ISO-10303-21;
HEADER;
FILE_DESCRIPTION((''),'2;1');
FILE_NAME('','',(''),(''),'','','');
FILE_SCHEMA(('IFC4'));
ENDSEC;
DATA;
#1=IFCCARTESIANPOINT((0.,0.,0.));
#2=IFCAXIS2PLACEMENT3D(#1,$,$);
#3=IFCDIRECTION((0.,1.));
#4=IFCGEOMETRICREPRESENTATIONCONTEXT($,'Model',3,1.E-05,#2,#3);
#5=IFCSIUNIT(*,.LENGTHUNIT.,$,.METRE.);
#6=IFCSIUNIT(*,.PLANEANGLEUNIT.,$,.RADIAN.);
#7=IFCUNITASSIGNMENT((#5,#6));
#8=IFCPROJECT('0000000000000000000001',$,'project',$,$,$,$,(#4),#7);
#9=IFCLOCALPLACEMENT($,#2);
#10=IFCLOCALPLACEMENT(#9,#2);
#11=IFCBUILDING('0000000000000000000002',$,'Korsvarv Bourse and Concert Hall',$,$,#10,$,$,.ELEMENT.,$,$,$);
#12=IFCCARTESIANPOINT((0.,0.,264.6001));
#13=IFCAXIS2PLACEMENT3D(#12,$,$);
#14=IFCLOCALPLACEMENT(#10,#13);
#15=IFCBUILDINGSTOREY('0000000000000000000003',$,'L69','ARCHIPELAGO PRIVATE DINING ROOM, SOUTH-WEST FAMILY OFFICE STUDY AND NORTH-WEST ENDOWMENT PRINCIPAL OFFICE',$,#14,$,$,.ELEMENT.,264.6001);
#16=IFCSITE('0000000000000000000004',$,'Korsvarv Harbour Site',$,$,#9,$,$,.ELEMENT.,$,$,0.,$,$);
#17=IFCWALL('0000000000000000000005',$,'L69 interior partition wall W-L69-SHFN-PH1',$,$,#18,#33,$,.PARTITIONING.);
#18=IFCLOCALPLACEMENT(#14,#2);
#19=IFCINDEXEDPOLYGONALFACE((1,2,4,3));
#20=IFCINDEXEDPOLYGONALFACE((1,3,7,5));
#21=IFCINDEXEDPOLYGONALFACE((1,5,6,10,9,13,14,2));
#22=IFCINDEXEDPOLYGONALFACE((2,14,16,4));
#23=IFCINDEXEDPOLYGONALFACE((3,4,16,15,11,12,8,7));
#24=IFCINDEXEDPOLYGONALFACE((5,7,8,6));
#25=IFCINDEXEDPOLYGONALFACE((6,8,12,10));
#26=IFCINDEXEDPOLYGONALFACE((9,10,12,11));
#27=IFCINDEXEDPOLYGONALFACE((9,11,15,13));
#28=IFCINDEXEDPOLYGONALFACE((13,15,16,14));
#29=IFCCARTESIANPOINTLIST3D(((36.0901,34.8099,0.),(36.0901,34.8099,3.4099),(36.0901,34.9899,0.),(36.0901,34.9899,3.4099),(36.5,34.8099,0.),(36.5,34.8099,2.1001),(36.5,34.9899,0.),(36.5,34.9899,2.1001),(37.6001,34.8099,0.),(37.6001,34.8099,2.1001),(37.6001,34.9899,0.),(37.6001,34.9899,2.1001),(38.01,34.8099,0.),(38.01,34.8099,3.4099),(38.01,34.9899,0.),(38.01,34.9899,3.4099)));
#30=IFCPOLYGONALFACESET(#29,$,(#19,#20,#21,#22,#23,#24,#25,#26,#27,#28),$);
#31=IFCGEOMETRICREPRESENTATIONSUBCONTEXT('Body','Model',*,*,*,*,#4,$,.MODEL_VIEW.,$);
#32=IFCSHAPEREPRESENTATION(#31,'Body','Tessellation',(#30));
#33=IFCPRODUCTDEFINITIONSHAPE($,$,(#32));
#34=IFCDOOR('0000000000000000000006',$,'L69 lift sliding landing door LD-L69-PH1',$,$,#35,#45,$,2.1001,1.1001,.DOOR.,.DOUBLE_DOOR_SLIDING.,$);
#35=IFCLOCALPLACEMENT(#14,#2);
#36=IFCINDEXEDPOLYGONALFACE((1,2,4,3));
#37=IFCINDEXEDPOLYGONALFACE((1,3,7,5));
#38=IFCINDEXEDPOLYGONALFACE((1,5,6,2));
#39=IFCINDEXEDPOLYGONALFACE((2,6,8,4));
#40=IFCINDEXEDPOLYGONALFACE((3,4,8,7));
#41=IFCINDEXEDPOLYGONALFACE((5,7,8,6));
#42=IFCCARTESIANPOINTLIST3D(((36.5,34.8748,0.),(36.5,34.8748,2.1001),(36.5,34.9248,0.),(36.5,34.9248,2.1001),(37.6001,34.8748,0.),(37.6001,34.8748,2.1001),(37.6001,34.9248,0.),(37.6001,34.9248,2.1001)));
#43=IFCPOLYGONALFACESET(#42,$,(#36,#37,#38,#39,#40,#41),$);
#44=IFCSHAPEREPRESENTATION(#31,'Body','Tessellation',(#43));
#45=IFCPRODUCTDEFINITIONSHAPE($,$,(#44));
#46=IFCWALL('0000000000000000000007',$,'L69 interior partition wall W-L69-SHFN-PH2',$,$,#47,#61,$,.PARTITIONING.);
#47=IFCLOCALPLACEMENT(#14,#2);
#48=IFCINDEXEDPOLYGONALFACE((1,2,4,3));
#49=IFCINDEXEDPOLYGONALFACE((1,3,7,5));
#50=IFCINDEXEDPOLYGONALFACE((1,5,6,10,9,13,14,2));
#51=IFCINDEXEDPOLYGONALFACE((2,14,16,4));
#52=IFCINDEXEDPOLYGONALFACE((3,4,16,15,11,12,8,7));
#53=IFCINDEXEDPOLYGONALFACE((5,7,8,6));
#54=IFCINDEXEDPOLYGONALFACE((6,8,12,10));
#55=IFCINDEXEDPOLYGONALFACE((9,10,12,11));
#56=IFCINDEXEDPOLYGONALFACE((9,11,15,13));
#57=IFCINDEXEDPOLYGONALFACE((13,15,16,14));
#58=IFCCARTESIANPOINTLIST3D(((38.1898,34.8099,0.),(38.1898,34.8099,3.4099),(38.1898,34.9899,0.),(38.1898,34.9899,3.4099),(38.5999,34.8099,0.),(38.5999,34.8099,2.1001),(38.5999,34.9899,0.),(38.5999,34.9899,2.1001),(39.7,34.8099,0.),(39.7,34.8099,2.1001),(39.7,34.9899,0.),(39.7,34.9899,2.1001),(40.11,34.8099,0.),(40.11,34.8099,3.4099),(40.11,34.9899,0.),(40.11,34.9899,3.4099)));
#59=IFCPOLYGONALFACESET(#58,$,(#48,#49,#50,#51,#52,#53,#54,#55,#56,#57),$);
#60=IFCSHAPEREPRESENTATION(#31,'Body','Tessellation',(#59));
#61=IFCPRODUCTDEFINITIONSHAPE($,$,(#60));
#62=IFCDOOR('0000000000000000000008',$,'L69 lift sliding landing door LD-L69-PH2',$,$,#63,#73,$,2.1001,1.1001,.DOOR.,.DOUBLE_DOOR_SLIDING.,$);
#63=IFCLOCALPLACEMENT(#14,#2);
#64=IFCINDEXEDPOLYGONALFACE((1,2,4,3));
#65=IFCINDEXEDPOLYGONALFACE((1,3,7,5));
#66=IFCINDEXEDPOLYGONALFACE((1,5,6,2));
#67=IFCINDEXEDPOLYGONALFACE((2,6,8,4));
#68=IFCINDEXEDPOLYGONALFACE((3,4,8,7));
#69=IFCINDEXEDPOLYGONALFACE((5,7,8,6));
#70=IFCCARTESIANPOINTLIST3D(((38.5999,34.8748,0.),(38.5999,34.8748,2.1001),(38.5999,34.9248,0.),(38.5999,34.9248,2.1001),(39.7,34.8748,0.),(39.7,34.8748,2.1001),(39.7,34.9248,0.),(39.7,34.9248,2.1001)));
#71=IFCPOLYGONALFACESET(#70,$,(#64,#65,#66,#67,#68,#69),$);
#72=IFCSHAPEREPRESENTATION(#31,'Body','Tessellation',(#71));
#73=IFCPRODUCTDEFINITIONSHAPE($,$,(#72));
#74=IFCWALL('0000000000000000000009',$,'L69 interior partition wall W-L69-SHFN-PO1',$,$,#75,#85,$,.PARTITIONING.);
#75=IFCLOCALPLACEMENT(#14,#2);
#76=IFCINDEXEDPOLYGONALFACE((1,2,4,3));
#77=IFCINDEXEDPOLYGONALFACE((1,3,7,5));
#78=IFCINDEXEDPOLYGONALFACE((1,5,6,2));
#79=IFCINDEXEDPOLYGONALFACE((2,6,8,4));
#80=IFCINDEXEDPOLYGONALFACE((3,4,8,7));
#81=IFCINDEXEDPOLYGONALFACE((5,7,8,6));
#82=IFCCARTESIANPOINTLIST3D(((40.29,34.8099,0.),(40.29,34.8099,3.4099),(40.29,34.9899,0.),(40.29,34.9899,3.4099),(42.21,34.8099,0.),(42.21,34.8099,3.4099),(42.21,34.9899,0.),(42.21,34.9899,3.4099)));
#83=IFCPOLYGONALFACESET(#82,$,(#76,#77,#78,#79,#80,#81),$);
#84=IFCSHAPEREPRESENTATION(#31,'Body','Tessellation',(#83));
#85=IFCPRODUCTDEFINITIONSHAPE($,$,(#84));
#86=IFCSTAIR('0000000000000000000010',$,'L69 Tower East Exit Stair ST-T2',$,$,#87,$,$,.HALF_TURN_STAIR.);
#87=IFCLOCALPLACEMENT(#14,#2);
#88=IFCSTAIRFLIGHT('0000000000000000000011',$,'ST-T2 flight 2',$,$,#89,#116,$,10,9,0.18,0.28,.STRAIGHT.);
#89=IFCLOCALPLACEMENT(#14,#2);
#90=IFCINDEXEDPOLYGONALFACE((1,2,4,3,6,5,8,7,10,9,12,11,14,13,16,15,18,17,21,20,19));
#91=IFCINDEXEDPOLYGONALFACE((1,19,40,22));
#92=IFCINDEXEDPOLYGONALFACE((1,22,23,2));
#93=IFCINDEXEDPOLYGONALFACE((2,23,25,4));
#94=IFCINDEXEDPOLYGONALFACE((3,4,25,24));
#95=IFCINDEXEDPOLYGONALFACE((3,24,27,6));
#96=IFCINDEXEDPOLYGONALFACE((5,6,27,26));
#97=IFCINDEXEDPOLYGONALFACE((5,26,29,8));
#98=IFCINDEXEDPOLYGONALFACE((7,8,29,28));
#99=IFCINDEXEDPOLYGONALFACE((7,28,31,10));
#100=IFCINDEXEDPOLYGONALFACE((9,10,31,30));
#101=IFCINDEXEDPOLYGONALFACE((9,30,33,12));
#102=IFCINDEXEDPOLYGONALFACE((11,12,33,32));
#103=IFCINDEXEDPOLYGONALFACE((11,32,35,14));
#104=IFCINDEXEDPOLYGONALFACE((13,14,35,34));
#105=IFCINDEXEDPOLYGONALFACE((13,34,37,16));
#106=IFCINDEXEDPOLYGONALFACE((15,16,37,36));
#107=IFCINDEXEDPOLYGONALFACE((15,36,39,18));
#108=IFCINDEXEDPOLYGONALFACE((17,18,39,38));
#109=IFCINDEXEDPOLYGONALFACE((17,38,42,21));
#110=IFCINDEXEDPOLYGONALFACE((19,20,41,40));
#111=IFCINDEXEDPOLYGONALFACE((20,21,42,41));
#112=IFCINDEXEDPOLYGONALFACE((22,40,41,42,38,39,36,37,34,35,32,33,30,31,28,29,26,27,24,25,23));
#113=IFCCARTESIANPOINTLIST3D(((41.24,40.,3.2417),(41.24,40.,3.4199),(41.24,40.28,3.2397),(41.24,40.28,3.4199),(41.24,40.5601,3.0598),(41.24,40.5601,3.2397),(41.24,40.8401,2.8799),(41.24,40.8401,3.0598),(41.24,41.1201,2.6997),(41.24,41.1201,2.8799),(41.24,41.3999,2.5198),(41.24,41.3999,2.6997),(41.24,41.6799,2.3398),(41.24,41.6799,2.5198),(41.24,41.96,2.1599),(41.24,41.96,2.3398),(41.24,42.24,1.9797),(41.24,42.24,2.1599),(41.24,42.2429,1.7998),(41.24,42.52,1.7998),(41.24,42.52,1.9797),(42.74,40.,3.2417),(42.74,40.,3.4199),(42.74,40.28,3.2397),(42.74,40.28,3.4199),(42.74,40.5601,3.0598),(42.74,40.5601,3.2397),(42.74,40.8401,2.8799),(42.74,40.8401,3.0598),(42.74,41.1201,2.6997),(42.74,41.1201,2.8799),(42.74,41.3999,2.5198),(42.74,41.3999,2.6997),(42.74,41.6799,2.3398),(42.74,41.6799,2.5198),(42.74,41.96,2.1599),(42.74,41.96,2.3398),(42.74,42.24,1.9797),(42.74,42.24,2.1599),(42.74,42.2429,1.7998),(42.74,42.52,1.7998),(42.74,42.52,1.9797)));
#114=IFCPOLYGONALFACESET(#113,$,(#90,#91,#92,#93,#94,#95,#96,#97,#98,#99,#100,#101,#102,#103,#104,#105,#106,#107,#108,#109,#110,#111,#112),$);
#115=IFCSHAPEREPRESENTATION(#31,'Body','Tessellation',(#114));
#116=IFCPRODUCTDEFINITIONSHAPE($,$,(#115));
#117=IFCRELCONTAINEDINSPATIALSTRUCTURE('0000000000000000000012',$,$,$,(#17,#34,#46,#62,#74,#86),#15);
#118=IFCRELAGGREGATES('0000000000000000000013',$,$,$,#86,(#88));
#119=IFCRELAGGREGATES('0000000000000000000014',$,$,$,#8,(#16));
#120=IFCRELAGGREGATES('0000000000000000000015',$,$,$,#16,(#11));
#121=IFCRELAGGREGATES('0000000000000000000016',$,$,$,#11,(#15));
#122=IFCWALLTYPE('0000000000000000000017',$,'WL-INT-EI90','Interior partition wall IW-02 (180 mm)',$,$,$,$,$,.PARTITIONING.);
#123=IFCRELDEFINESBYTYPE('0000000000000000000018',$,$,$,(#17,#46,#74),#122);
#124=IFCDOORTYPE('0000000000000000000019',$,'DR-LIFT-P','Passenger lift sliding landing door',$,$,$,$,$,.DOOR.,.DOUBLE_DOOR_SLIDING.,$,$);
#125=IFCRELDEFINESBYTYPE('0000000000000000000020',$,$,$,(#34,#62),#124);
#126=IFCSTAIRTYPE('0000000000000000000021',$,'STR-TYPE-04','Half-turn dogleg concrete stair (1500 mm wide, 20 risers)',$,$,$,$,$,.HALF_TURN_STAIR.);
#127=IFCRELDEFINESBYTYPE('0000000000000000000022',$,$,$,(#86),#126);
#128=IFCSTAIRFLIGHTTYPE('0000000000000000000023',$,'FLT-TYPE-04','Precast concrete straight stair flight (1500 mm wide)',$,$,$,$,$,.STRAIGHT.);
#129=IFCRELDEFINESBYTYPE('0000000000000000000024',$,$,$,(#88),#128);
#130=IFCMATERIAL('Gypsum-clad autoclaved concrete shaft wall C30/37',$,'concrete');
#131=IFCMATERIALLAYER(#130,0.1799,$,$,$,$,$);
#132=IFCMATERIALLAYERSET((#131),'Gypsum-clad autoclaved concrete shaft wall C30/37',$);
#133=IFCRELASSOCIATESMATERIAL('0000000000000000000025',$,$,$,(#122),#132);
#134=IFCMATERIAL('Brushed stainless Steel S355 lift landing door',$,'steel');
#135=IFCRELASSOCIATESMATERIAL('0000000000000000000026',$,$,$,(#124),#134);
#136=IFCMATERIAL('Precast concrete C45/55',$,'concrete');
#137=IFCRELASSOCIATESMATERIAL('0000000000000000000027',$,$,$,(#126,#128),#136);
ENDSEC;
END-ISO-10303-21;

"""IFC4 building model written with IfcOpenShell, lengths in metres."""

from ifc_helpers import new_model, si_unit, direction, frame, frame_2d, origin, place, context, subcontext, project, spatial, polyline, rectangle, outline, extrude, material, layer, layer_set, type_object, element, fill, aggregate, save


model = new_model("IFC4")

# Units and contexts
model_context = context("Model", 3, precision=1e-05, world=origin(), true_north=direction((0.0, 1.0)))
body_context = subcontext(model_context, "Body", "Model", "MODEL_VIEW")
ifc_project = project(units=[si_unit("LENGTHUNIT", "METRE"), si_unit("PLANEANGLEUNIT", "RADIAN")], contexts=[model_context])

# Site, building, storey
site_placement = place(None, origin())
site = spatial("IfcSite", under=ifc_project, at=site_placement, Name="Korsvarv Harbour Site", CompositionType="ELEMENT", RefElevation=0.0)
building_placement = place(site_placement, origin())
building = spatial("IfcBuilding", under=site, at=building_placement, Name="Korsvarv Bourse and Concert Hall", CompositionType="ELEMENT")
storey_placement = place(building_placement, frame((0.0, 0.0, 264.6001)))
storey = spatial("IfcBuildingStorey", under=building, at=storey_placement, Name="L69", Description="ARCHIPELAGO PRIVATE DINING ROOM, SOUTH-WEST FAMILY OFFICE STUDY AND NORTH-WEST ENDOWMENT PRINCIPAL OFFICE", CompositionType="ELEMENT", Elevation=264.6001)

# Walls, openings, doors
ifc_material_1 = material(Name="Gypsum-clad autoclaved concrete shaft wall C30/37", Category="concrete")
ifc_layer_1 = layer(ifc_material_1, 0.1799)
ifc_layer_set_1 = layer_set([ifc_layer_1], Name="Gypsum-clad autoclaved concrete shaft wall C30/37")
wall_type_1 = type_object("IfcWallType", Name="WL-INT-EI90", Description="Interior partition wall IW-02 (180 mm)", PredefinedType="PARTITIONING", material=ifc_layer_set_1)
wall_1_placement = place(storey_placement, frame((36.0901, 34.8999, 0.0), z_axis=(0.0, 0.0, 1.0), x_axis=(1.0, 0.0, 0.0)))
wall_1 = element("IfcWall", 1, at=wall_1_placement, inside=storey, type_object=wall_type_1, Name="L69 interior partition wall W-L69-SHFN-PH1", PredefinedType="PARTITIONING", context=body_context, shape_type="SweptSolid", body=[
    extrude(rectangle(XDim=1.9199, YDim=0.1799, at=frame_2d((0.96, 0.0))), origin(), (0.0, 0.0, 1.0), 3.4099),
])
opening_1_placement = place(wall_1_placement, frame((0.4099, 0.0, 0.0)))
opening_1 = element("IfcOpeningElement", 2, at=opening_1_placement, cuts=wall_1, PredefinedType="OPENING", context=body_context, shape_type="SweptSolid", body=[
    extrude(rectangle(XDim=1.1001, YDim=2.1001, at=frame_2d((0.55, 1.05))), frame((0.0, 0.1001, 0.0), z_axis=(0.0, -1.0, 0.0), x_axis=(1.0, 0.0, 0.0)), (0.0, 0.0, 1.0), 0.2),
])
ifc_material_2 = material(Name="Brushed stainless Steel S355 lift landing door", Category="steel")
door_type_1 = type_object("IfcDoorType", Name="DR-LIFT-P", Description="Passenger lift sliding landing door", OperationType="DOUBLE_DOOR_SLIDING", PredefinedType="DOOR", material=ifc_material_2)
door_1_placement = place(opening_1_placement, origin())
door_1 = element("IfcDoor", 3, at=door_1_placement, inside=storey, type_object=door_type_1, Name="L69 lift sliding landing door LD-L69-PH1", OperationType="DOUBLE_DOOR_SLIDING", OverallHeight=2.1001, OverallWidth=1.1001, PredefinedType="DOOR", context=body_context, shape_type="SweptSolid", body=[
    extrude(rectangle(XDim=1.1001, YDim=2.1001, at=frame_2d((0.55, 1.05))), frame((0.0, 0.0249, 0.0), z_axis=(0.0, -1.0, 0.0), x_axis=(1.0, 0.0, 0.0)), (0.0, 0.0, 1.0), 0.05),
])
fill(opening_1, door_1)
wall_2_placement = place(storey_placement, frame((38.1899, 34.8999, 0.0), z_axis=(0.0, 0.0, 1.0), x_axis=(1.0, 0.0, 0.0)))
wall_2 = element("IfcWall", 4, at=wall_2_placement, inside=storey, type_object=wall_type_1, Name="L69 interior partition wall W-L69-SHFN-PH2", PredefinedType="PARTITIONING", context=body_context, shape_type="SweptSolid", body=[
    extrude(rectangle(XDim=1.9202, YDim=0.1799, at=frame_2d((0.96, 0.0))), origin(), (0.0, 0.0, 1.0), 3.4099),
])
opening_2_placement = place(wall_2_placement, frame((0.4099, 0.0, 0.0)))
opening_2 = element("IfcOpeningElement", 5, at=opening_2_placement, cuts=wall_2, PredefinedType="OPENING", context=body_context, shape_type="SweptSolid", body=[
    extrude(rectangle(XDim=1.1001, YDim=2.1001, at=frame_2d((0.55, 1.05))), frame((0.0, 0.1001, 0.0), z_axis=(0.0, -1.0, 0.0), x_axis=(1.0, 0.0, 0.0)), (0.0, 0.0, 1.0), 0.2),
])
door_2_placement = place(opening_2_placement, origin())
door_2 = element("IfcDoor", 6, at=door_2_placement, inside=storey, type_object=door_type_1, Name="L69 lift sliding landing door LD-L69-PH2", OperationType="DOUBLE_DOOR_SLIDING", OverallHeight=2.1001, OverallWidth=1.1001, PredefinedType="DOOR", context=body_context, shape_type="SweptSolid", body=[
    extrude(rectangle(XDim=1.1001, YDim=2.1001, at=frame_2d((0.55, 1.05))), frame((0.0, 0.0249, 0.0), z_axis=(0.0, -1.0, 0.0), x_axis=(1.0, 0.0, 0.0)), (0.0, 0.0, 1.0), 0.05),
])
fill(opening_2, door_2)

# Wall
wall_3_placement = place(storey_placement, frame((40.29, 34.8999, 0.0), z_axis=(0.0, 0.0, 1.0), x_axis=(1.0, 0.0, 0.0)))
element("IfcWall", 7, at=wall_3_placement, inside=storey, type_object=wall_type_1, Name="L69 interior partition wall W-L69-SHFN-PO1", PredefinedType="PARTITIONING", context=body_context, shape_type="SweptSolid", body=[
    extrude(rectangle(XDim=1.9199, YDim=0.1799, at=frame_2d((0.96, 0.0))), origin(), (0.0, 0.0, 1.0), 3.4099),
])

# Stair, stair flight
ifc_material_3 = material(Name="Precast concrete C45/55", Category="concrete")
stair_type = type_object("IfcStairType", Name="STR-TYPE-04", Description="Half-turn dogleg concrete stair (1500 mm wide, 20 risers)", PredefinedType="HALF_TURN_STAIR", material=ifc_material_3)
stair_placement = place(storey_placement, origin())
stair = element("IfcStair", 8, at=stair_placement, inside=storey, type_object=stair_type, Name="L69 Tower East Exit Stair ST-T2", PredefinedType="HALF_TURN_STAIR")
stair_flight_type = type_object("IfcStairFlightType", Name="FLT-TYPE-04", Description="Precast concrete straight stair flight (1500 mm wide)", PredefinedType="STRAIGHT", material=ifc_material_3)
stair_flight_placement = place(storey_placement, frame((41.99, 42.52, 1.7998), z_axis=(0.0, 0.0, 1.0), x_axis=(0.0, -1.0, 0.0)))
stair_flight = element("IfcStairFlight", 9, at=stair_flight_placement, type_object=stair_flight_type, Name="ST-T2 flight 2", NumberOfRisers=10, NumberOfTreads=9, PredefinedType="STRAIGHT", RiserHeight=0.18, TreadLength=0.28, context=body_context, shape_type="SweptSolid", body=[
    extrude(outline(polyline([(0.0, 0.0), (0.0, 0.1799), (0.28, 0.1799), (0.28, 0.3601), (0.5601, 0.3601), (0.5601, 0.54), (0.8401, 0.54), (0.8401, 0.72), (1.1201, 0.72), (1.1201, 0.8999), (1.3999, 0.8999), (1.3999, 1.0801), (1.6799, 1.0801), (1.6799, 1.26), (1.96, 1.26), (1.96, 1.4399), (2.24, 1.4399), (2.24, 1.6201), (2.52, 1.6201), (2.52, 1.8), (2.52, 1.4419), (0.2771, 0.0), (0.0, 0.0)])), frame((0.0, 0.75, 0.0), z_axis=(0.0, -1.0, 0.0), x_axis=(1.0, 0.0, 0.0)), (0.0, 0.0, 1.0), 1.5),
])
aggregate(stair, [stair_flight])

save(model, "model.ifc")
